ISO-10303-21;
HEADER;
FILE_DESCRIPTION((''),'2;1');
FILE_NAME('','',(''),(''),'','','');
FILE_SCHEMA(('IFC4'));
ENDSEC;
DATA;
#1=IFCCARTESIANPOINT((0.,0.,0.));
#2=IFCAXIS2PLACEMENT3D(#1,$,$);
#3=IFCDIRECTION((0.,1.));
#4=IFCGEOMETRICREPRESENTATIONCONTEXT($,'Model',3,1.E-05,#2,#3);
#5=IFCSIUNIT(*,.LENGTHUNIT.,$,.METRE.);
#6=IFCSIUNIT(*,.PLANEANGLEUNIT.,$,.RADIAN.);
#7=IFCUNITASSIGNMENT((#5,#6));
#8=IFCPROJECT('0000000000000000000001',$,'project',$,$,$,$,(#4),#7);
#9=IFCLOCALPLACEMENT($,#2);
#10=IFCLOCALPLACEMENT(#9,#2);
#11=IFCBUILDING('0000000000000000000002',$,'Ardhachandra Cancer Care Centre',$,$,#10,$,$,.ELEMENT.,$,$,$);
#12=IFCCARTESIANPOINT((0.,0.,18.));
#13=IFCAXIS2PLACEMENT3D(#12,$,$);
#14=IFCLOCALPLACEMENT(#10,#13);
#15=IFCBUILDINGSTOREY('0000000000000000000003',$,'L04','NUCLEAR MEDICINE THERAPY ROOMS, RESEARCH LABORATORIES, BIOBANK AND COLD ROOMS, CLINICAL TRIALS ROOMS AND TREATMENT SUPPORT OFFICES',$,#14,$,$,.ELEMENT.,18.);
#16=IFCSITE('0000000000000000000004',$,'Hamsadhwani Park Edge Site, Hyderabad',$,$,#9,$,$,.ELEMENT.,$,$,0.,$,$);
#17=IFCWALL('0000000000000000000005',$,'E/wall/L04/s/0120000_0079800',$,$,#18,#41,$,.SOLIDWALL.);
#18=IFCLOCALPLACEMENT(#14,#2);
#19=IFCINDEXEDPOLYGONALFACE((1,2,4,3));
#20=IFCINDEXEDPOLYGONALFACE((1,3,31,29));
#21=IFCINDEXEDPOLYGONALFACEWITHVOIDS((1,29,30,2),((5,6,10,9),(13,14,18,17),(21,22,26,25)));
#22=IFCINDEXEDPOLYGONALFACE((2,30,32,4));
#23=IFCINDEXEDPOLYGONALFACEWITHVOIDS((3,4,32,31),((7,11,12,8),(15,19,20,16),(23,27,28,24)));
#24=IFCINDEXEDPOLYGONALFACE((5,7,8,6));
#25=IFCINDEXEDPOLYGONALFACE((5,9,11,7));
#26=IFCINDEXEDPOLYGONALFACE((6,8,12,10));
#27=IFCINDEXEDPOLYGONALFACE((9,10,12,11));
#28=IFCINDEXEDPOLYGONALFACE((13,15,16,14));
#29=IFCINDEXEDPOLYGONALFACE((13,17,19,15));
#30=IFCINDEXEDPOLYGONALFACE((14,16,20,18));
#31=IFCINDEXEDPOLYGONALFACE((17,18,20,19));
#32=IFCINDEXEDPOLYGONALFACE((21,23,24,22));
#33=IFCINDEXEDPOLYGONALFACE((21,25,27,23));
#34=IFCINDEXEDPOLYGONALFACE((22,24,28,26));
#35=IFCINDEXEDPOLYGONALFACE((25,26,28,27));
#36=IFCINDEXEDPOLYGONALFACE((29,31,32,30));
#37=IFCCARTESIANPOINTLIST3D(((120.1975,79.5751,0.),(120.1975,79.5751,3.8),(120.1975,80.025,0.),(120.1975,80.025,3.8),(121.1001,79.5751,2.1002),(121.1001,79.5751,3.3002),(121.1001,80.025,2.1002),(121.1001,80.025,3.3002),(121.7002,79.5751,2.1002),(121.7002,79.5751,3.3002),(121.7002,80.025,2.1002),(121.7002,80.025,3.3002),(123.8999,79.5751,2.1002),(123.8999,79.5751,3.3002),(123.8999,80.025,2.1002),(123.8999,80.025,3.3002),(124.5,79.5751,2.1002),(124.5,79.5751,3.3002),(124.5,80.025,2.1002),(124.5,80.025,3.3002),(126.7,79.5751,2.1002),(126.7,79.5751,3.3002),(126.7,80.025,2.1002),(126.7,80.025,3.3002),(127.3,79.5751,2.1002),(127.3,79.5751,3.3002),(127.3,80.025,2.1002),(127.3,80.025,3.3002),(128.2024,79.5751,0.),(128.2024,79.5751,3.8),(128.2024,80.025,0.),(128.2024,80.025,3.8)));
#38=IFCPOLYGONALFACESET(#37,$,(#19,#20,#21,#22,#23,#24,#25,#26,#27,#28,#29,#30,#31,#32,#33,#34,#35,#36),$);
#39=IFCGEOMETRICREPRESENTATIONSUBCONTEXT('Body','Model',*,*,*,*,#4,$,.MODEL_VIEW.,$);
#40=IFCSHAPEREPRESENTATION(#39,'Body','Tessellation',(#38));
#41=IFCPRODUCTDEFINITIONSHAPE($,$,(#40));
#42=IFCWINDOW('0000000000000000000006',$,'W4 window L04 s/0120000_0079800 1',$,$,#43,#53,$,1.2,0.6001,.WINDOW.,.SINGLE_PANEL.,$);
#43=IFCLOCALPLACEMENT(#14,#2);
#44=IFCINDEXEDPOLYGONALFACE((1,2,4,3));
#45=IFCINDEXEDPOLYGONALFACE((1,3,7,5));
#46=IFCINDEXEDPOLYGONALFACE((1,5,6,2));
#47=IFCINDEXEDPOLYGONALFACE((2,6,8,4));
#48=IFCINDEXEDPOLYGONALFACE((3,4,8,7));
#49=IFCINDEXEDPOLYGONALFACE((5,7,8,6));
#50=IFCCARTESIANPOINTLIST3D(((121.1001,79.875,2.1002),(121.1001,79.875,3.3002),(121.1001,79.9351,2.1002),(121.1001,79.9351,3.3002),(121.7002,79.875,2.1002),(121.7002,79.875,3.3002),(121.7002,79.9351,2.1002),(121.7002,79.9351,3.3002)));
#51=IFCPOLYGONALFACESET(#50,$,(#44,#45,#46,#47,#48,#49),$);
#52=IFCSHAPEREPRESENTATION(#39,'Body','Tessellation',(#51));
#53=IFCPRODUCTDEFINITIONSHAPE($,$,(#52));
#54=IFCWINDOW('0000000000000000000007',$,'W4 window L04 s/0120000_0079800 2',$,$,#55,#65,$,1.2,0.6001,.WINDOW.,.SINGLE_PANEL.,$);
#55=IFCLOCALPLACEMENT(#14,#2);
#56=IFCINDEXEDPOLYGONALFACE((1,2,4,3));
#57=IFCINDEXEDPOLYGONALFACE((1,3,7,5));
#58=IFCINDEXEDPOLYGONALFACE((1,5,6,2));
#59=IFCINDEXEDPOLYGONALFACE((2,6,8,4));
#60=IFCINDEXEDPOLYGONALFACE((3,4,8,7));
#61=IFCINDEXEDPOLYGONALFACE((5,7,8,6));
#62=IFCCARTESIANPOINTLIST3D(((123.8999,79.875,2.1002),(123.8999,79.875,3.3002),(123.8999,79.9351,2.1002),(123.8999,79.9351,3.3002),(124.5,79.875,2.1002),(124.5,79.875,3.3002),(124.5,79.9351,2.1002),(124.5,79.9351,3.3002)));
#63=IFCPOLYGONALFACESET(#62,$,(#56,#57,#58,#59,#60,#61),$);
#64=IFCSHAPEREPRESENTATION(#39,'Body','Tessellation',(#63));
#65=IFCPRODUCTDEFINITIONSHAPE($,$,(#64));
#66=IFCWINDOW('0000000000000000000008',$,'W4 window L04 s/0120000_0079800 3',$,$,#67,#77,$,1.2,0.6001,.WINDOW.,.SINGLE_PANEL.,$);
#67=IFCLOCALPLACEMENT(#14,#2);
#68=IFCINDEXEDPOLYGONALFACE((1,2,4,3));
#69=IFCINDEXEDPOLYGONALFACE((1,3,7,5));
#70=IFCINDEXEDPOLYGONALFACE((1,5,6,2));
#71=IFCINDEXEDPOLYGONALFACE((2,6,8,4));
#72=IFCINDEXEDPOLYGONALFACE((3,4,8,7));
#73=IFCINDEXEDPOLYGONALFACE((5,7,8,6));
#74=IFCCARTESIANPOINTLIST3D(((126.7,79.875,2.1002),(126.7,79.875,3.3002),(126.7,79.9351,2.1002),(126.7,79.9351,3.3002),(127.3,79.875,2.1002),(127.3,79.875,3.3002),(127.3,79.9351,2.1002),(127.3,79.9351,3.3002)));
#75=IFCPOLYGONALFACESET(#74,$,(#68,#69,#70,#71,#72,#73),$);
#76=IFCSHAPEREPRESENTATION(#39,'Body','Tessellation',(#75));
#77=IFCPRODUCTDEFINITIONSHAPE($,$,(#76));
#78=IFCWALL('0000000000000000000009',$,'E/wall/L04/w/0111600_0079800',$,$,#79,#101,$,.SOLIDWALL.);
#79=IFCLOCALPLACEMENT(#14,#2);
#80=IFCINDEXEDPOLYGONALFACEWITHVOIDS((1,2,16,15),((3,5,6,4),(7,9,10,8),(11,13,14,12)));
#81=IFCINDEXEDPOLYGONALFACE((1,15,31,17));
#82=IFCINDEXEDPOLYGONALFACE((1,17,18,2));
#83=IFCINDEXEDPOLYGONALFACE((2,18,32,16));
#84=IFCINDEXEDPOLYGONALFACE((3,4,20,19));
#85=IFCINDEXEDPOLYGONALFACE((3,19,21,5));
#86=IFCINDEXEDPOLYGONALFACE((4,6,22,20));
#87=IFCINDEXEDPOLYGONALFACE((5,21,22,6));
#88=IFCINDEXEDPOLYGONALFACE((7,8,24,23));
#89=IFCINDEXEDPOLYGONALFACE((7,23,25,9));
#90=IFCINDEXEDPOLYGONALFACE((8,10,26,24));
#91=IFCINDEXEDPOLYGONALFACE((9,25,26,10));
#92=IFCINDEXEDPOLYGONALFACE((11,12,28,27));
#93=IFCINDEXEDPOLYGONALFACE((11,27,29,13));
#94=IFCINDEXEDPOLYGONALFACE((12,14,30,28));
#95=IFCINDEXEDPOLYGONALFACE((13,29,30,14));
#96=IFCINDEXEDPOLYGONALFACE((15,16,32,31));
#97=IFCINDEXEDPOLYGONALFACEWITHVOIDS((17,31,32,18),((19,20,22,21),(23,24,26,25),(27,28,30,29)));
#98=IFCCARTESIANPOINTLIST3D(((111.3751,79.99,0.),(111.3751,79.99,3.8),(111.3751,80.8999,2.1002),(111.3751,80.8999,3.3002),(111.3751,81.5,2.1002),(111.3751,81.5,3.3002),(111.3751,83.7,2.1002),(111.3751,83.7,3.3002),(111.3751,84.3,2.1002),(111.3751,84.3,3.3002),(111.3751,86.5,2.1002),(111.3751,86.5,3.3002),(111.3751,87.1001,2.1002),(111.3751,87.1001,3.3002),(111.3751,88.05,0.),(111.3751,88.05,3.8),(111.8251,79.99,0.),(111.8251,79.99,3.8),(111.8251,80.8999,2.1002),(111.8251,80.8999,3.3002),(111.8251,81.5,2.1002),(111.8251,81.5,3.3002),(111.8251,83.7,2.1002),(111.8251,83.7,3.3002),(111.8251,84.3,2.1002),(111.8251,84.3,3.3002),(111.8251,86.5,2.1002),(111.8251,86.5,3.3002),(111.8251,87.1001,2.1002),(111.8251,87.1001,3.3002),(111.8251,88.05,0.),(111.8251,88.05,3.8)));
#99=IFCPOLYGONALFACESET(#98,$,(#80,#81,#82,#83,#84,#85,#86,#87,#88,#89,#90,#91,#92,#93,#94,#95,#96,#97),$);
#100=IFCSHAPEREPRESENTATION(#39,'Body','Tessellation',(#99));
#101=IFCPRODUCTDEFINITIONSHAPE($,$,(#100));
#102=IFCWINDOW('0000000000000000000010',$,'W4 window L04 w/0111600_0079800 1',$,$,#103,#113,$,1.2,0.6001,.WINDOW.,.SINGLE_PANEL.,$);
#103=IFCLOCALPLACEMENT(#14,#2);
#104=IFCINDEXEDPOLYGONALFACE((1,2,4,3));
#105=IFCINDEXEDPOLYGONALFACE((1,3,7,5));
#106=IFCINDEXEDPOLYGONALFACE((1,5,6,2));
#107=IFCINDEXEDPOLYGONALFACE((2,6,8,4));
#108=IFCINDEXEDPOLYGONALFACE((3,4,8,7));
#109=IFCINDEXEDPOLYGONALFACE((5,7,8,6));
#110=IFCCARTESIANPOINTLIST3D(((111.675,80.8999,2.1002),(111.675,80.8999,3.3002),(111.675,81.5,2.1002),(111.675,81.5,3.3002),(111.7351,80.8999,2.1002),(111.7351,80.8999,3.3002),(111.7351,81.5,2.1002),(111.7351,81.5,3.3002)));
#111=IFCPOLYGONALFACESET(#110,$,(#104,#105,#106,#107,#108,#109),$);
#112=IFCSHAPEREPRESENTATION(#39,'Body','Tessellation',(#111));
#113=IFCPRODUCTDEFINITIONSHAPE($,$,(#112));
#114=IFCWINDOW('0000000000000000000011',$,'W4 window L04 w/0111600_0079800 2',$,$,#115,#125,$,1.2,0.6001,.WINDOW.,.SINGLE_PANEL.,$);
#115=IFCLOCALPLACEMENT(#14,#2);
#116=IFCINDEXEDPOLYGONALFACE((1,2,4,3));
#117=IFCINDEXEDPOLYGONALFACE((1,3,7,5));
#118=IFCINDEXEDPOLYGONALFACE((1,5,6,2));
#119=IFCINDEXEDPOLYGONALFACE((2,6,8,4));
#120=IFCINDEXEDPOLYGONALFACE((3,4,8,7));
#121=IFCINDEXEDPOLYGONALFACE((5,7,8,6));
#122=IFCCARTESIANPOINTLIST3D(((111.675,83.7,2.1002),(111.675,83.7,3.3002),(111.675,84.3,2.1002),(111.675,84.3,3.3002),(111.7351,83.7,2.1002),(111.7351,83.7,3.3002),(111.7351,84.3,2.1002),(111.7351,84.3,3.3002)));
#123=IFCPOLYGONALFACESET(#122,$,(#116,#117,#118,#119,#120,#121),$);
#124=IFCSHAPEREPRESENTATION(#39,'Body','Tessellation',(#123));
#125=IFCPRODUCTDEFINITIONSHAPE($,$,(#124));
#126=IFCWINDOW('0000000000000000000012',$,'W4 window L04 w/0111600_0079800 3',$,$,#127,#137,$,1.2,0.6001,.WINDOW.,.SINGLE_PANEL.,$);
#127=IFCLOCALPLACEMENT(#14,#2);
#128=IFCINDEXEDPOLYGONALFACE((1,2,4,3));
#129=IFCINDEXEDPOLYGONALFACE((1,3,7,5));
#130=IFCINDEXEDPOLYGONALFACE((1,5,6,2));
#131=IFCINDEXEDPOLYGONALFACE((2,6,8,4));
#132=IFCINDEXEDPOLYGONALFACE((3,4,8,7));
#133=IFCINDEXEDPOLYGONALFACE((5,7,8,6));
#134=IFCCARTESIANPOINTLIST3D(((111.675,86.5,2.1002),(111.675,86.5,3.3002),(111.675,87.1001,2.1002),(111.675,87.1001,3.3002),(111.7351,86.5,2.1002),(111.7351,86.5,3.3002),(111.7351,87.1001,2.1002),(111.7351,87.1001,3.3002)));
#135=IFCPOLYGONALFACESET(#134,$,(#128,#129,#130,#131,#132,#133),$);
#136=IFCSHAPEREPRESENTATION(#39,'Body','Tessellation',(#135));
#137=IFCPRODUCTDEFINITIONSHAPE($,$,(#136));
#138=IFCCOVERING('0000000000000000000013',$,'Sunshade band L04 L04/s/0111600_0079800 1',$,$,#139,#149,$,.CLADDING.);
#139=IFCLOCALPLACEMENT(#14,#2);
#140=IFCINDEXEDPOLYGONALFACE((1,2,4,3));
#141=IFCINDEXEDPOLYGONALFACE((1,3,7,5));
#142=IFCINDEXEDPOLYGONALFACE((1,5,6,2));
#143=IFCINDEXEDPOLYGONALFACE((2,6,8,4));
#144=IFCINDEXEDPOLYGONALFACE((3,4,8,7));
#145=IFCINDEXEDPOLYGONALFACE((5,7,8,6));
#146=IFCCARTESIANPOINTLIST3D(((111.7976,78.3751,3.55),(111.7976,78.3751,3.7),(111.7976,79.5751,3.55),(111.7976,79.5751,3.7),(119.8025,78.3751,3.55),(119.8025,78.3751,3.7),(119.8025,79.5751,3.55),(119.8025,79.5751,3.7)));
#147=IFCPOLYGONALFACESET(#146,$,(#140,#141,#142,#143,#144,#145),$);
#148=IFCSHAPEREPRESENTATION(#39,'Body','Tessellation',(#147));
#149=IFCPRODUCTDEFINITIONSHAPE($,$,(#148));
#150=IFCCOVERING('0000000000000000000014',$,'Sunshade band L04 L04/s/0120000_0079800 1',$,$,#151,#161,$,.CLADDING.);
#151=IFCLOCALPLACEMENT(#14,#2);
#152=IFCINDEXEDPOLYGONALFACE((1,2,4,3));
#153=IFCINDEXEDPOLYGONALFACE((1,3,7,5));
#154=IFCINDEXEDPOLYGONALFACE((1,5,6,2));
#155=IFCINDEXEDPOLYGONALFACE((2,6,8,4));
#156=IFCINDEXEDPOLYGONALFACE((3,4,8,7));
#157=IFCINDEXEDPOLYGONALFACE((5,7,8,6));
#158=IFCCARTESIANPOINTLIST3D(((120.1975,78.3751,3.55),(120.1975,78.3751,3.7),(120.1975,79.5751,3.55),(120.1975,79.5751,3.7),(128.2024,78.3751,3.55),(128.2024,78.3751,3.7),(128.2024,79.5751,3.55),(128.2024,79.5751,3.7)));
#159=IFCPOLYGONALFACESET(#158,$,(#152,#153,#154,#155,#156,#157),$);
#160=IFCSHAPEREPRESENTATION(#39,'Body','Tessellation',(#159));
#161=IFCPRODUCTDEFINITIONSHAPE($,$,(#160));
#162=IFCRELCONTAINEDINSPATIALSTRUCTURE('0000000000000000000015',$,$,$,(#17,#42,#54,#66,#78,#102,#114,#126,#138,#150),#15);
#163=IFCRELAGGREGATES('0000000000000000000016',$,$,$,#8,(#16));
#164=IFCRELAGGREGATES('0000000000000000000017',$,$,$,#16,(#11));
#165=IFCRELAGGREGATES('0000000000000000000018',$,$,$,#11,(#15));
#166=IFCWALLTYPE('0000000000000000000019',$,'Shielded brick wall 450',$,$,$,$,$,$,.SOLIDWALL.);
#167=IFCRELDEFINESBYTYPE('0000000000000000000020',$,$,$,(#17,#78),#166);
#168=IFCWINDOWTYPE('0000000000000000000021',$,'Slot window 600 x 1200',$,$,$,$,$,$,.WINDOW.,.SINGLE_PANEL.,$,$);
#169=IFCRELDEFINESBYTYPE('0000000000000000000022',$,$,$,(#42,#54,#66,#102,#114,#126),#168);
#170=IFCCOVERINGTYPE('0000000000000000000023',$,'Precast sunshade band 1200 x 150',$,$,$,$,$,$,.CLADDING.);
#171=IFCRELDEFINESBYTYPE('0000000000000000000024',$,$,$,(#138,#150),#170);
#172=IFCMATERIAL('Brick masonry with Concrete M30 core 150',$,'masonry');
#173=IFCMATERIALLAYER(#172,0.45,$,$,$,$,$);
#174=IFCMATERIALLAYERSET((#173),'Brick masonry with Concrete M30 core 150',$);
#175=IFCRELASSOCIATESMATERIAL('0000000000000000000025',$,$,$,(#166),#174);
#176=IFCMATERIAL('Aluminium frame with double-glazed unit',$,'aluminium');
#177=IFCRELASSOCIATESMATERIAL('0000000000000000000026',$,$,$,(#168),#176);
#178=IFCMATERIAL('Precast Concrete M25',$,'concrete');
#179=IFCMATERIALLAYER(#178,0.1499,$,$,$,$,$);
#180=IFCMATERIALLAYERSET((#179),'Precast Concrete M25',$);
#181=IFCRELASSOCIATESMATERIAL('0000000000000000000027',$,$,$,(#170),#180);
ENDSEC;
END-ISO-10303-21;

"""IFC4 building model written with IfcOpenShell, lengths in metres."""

from ifc_helpers import new_model, si_unit, direction, frame, frame_2d, origin, origin_2d, place, context, subcontext, project, spatial, rectangle, extrude, material, layer, layer_set, type_object, element, fill, save


model = new_model("IFC4")

# Units and contexts
model_context = context("Model", 3, precision=1e-05, world=origin(), true_north=direction((0.0, 1.0)))
body_context = subcontext(model_context, "Body", "Model", "MODEL_VIEW")
ifc_project = project(units=[si_unit("LENGTHUNIT", "METRE"), si_unit("PLANEANGLEUNIT", "RADIAN")], contexts=[model_context])

# Site, building, storey
site_placement = place(None, origin())
site = spatial("IfcSite", under=ifc_project, at=site_placement, Name="Hamsadhwani Park Edge Site, Hyderabad", CompositionType="ELEMENT", RefElevation=0.0)
building_placement = place(site_placement, origin())
building = spatial("IfcBuilding", under=site, at=building_placement, Name="Ardhachandra Cancer Care Centre", CompositionType="ELEMENT")
storey_placement = place(building_placement, frame((0.0, 0.0, 18.0)))
storey = spatial("IfcBuildingStorey", under=building, at=storey_placement, Name="L04", Description="NUCLEAR MEDICINE THERAPY ROOMS, RESEARCH LABORATORIES, BIOBANK AND COLD ROOMS, CLINICAL TRIALS ROOMS AND TREATMENT SUPPORT OFFICES", CompositionType="ELEMENT", Elevation=18.0)

# Walls, openings, windows
ifc_material_1 = material(Name="Brick masonry with Concrete M30 core 150", Category="masonry")
ifc_layer_1 = layer(ifc_material_1, 0.45)
ifc_layer_set_1 = layer_set([ifc_layer_1], Name="Brick masonry with Concrete M30 core 150")
wall_type_1 = type_object("IfcWallType", Name="Shielded brick wall 450", PredefinedType="SOLIDWALL", material=ifc_layer_set_1)
ifc_material_2 = material(Name="Aluminium frame with double-glazed unit", Category="aluminium")
window_type = type_object("IfcWindowType", Name="Slot window 600 x 1200", PartitioningType="SINGLE_PANEL", PredefinedType="WINDOW", material=ifc_material_2)
wall_1_placement = place(storey_placement, frame((120.1975, 79.8, 0.0), z_axis=(0.0, 0.0, 1.0), x_axis=(1.0, 0.0, 0.0)))
wall_1 = element("IfcWall", 1, at=wall_1_placement, inside=storey, type_object=wall_type_1, Name="E/wall/L04/s/0120000_0079800", PredefinedType="SOLIDWALL", context=body_context, shape_type="SweptSolid", body=[
    extrude(rectangle(XDim=8.0049, YDim=0.45, at=frame_2d((4.0024, 0.0))), origin(), (0.0, 0.0, 1.0), 3.8),
])
opening_1_placement = place(wall_1_placement, frame((0.9026, 0.0, 2.1001)))
opening_1 = element("IfcOpeningElement", 2, at=opening_1_placement, cuts=wall_1, PredefinedType="OPENING", context=body_context, shape_type="SweptSolid", body=[
    extrude(rectangle(XDim=0.6001, YDim=1.2, at=frame_2d((0.3, 0.6001))), frame((0.0, 0.2349, 0.0), z_axis=(0.0, -1.0, 0.0), x_axis=(1.0, 0.0, 0.0)), (0.0, 0.0, 1.0), 0.47),
])
opening_2_placement = place(wall_1_placement, frame((3.7024, 0.0, 2.1001)))
opening_2 = element("IfcOpeningElement", 3, at=opening_2_placement, cuts=wall_1, PredefinedType="OPENING", context=body_context, shape_type="SweptSolid", body=[
    extrude(rectangle(XDim=0.6001, YDim=1.2, at=frame_2d((0.3, 0.6001))), frame((0.0, 0.2349, 0.0), z_axis=(0.0, -1.0, 0.0), x_axis=(1.0, 0.0, 0.0)), (0.0, 0.0, 1.0), 0.47),
])
opening_3_placement = place(wall_1_placement, frame((6.5024, 0.0, 2.1001)))
opening_3 = element("IfcOpeningElement", 4, at=opening_3_placement, cuts=wall_1, PredefinedType="OPENING", context=body_context, shape_type="SweptSolid", body=[
    extrude(rectangle(XDim=0.6001, YDim=1.2, at=frame_2d((0.3, 0.6001))), frame((0.0, 0.2349, 0.0), z_axis=(0.0, -1.0, 0.0), x_axis=(1.0, 0.0, 0.0)), (0.0, 0.0, 1.0), 0.47),
])
window_1_placement = place(opening_1_placement, origin())
window_1 = element("IfcWindow", 5, at=window_1_placement, inside=storey, type_object=window_type, Name="W4 window L04 s/0120000_0079800 1", OverallHeight=1.2, OverallWidth=0.6001, PartitioningType="SINGLE_PANEL", PredefinedType="WINDOW", context=body_context, shape_type="SweptSolid", body=[
    extrude(rectangle(XDim=0.6001, YDim=1.2, at=frame_2d((0.3, 0.6001))), frame((0.0, 0.135, 0.0), z_axis=(0.0, -1.0, 0.0), x_axis=(1.0, 0.0, 0.0)), (0.0, 0.0, 1.0), 0.0601),
])
fill(opening_1, window_1)
window_2_placement = place(opening_2_placement, origin())
window_2 = element("IfcWindow", 6, at=window_2_placement, inside=storey, type_object=window_type, Name="W4 window L04 s/0120000_0079800 2", OverallHeight=1.2, OverallWidth=0.6001, PartitioningType="SINGLE_PANEL", PredefinedType="WINDOW", context=body_context, shape_type="SweptSolid", body=[
    extrude(rectangle(XDim=0.6001, YDim=1.2, at=frame_2d((0.3, 0.6001))), frame((0.0, 0.135, 0.0), z_axis=(0.0, -1.0, 0.0), x_axis=(1.0, 0.0, 0.0)), (0.0, 0.0, 1.0), 0.0601),
])
fill(opening_2, window_2)
window_3_placement = place(opening_3_placement, origin())
window_3 = element("IfcWindow", 7, at=window_3_placement, inside=storey, type_object=window_type, Name="W4 window L04 s/0120000_0079800 3", OverallHeight=1.2, OverallWidth=0.6001, PartitioningType="SINGLE_PANEL", PredefinedType="WINDOW", context=body_context, shape_type="SweptSolid", body=[
    extrude(rectangle(XDim=0.6001, YDim=1.2, at=frame_2d((0.3, 0.6001))), frame((0.0, 0.135, 0.0), z_axis=(0.0, -1.0, 0.0), x_axis=(1.0, 0.0, 0.0)), (0.0, 0.0, 1.0), 0.0601),
])
fill(opening_3, window_3)
wall_2_placement = place(storey_placement, frame((111.6001, 79.99, 0.0), z_axis=(0.0, 0.0, 1.0), x_axis=(0.0, 1.0, 0.0)))
wall_2 = element("IfcWall", 8, at=wall_2_placement, inside=storey, type_object=wall_type_1, Name="E/wall/L04/w/0111600_0079800", PredefinedType="SOLIDWALL", context=body_context, shape_type="SweptSolid", body=[
    extrude(rectangle(XDim=8.0601, YDim=0.45, at=frame_2d((4.03, 0.0))), origin(), (0.0, 0.0, 1.0), 3.8),
])
opening_4_placement = place(wall_2_placement, frame((0.9099, 0.0, 2.1001)))
opening_4 = element("IfcOpeningElement", 9, at=opening_4_placement, cuts=wall_2, PredefinedType="OPENING", context=body_context, shape_type="SweptSolid", body=[
    extrude(rectangle(XDim=0.6001, YDim=1.2, at=frame_2d((0.3, 0.6001))), frame((0.0, 0.2349, 0.0), z_axis=(0.0, -1.0, 0.0), x_axis=(1.0, 0.0, 0.0)), (0.0, 0.0, 1.0), 0.47),
])
opening_5_placement = place(wall_2_placement, frame((3.71, 0.0, 2.1001)))
opening_5 = element("IfcOpeningElement", 10, at=opening_5_placement, cuts=wall_2, PredefinedType="OPENING", context=body_context, shape_type="SweptSolid", body=[
    extrude(rectangle(XDim=0.6001, YDim=1.2, at=frame_2d((0.3, 0.6001))), frame((0.0, 0.2349, 0.0), z_axis=(0.0, -1.0, 0.0), x_axis=(1.0, 0.0, 0.0)), (0.0, 0.0, 1.0), 0.47),
])
opening_6_placement = place(wall_2_placement, frame((6.51, 0.0, 2.1001)))
opening_6 = element("IfcOpeningElement", 11, at=opening_6_placement, cuts=wall_2, PredefinedType="OPENING", context=body_context, shape_type="SweptSolid", body=[
    extrude(rectangle(XDim=0.6001, YDim=1.2, at=frame_2d((0.3, 0.6001))), frame((0.0, 0.2349, 0.0), z_axis=(0.0, -1.0, 0.0), x_axis=(1.0, 0.0, 0.0)), (0.0, 0.0, 1.0), 0.47),
])
window_4_placement = place(opening_4_placement, origin())
window_4 = element("IfcWindow", 12, at=window_4_placement, inside=storey, type_object=window_type, Name="W4 window L04 w/0111600_0079800 1", OverallHeight=1.2, OverallWidth=0.6001, PartitioningType="SINGLE_PANEL", PredefinedType="WINDOW", context=body_context, shape_type="SweptSolid", body=[
    extrude(rectangle(XDim=0.6001, YDim=1.2, at=frame_2d((0.3, 0.6001))), frame((0.0, -0.075, 0.0), z_axis=(0.0, -1.0, 0.0), x_axis=(1.0, 0.0, 0.0)), (0.0, 0.0, 1.0), 0.0601),
])
fill(opening_4, window_4)
window_5_placement = place(opening_5_placement, origin())
window_5 = element("IfcWindow", 13, at=window_5_placement, inside=storey, type_object=window_type, Name="W4 window L04 w/0111600_0079800 2", OverallHeight=1.2, OverallWidth=0.6001, PartitioningType="SINGLE_PANEL", PredefinedType="WINDOW", context=body_context, shape_type="SweptSolid", body=[
    extrude(rectangle(XDim=0.6001, YDim=1.2, at=frame_2d((0.3, 0.6001))), frame((0.0, -0.075, 0.0), z_axis=(0.0, -1.0, 0.0), x_axis=(1.0, 0.0, 0.0)), (0.0, 0.0, 1.0), 0.0601),
])
fill(opening_5, window_5)
window_6_placement = place(opening_6_placement, origin())
window_6 = element("IfcWindow", 14, at=window_6_placement, inside=storey, type_object=window_type, Name="W4 window L04 w/0111600_0079800 3", OverallHeight=1.2, OverallWidth=0.6001, PartitioningType="SINGLE_PANEL", PredefinedType="WINDOW", context=body_context, shape_type="SweptSolid", body=[
    extrude(rectangle(XDim=0.6001, YDim=1.2, at=frame_2d((0.3, 0.6001))), frame((0.0, -0.075, 0.0), z_axis=(0.0, -1.0, 0.0), x_axis=(1.0, 0.0, 0.0)), (0.0, 0.0, 1.0), 0.0601),
])
fill(opening_6, window_6)

# Coverings
ifc_material_3 = material(Name="Precast Concrete M25", Category="concrete")
ifc_layer_2 = layer(ifc_material_3, 0.1499)
ifc_layer_set_2 = layer_set([ifc_layer_2], Name="Precast Concrete M25")
covering_type = type_object("IfcCoveringType", Name="Precast sunshade band 1200 x 150", PredefinedType="CLADDING", material=ifc_layer_set_2)
for number, where, z_axis, x_axis, name in (
    (15, (115.8, 78.9751, 3.55), (0.0, 0.0, 1.0), (1.0, 0.0, 0.0), "Sunshade band L04 L04/s/0111600_0079800 1"),
    (16, (124.2, 78.9751, 3.55), (0.0, 0.0, 1.0), (1.0, 0.0, 0.0), "Sunshade band L04 L04/s/0120000_0079800 1"),
):
    element("IfcCovering", number, at=place(storey_placement, frame(where, z_axis=z_axis, x_axis=x_axis)), inside=storey, type_object=covering_type, Name=name, PredefinedType="CLADDING", context=body_context, shape_type="SweptSolid", body=[
        extrude(rectangle(XDim=8.0049, YDim=1.2, at=origin_2d()), origin(), (0.0, 0.0, 1.0), 0.1499),
    ])

save(model, "model.ifc")
